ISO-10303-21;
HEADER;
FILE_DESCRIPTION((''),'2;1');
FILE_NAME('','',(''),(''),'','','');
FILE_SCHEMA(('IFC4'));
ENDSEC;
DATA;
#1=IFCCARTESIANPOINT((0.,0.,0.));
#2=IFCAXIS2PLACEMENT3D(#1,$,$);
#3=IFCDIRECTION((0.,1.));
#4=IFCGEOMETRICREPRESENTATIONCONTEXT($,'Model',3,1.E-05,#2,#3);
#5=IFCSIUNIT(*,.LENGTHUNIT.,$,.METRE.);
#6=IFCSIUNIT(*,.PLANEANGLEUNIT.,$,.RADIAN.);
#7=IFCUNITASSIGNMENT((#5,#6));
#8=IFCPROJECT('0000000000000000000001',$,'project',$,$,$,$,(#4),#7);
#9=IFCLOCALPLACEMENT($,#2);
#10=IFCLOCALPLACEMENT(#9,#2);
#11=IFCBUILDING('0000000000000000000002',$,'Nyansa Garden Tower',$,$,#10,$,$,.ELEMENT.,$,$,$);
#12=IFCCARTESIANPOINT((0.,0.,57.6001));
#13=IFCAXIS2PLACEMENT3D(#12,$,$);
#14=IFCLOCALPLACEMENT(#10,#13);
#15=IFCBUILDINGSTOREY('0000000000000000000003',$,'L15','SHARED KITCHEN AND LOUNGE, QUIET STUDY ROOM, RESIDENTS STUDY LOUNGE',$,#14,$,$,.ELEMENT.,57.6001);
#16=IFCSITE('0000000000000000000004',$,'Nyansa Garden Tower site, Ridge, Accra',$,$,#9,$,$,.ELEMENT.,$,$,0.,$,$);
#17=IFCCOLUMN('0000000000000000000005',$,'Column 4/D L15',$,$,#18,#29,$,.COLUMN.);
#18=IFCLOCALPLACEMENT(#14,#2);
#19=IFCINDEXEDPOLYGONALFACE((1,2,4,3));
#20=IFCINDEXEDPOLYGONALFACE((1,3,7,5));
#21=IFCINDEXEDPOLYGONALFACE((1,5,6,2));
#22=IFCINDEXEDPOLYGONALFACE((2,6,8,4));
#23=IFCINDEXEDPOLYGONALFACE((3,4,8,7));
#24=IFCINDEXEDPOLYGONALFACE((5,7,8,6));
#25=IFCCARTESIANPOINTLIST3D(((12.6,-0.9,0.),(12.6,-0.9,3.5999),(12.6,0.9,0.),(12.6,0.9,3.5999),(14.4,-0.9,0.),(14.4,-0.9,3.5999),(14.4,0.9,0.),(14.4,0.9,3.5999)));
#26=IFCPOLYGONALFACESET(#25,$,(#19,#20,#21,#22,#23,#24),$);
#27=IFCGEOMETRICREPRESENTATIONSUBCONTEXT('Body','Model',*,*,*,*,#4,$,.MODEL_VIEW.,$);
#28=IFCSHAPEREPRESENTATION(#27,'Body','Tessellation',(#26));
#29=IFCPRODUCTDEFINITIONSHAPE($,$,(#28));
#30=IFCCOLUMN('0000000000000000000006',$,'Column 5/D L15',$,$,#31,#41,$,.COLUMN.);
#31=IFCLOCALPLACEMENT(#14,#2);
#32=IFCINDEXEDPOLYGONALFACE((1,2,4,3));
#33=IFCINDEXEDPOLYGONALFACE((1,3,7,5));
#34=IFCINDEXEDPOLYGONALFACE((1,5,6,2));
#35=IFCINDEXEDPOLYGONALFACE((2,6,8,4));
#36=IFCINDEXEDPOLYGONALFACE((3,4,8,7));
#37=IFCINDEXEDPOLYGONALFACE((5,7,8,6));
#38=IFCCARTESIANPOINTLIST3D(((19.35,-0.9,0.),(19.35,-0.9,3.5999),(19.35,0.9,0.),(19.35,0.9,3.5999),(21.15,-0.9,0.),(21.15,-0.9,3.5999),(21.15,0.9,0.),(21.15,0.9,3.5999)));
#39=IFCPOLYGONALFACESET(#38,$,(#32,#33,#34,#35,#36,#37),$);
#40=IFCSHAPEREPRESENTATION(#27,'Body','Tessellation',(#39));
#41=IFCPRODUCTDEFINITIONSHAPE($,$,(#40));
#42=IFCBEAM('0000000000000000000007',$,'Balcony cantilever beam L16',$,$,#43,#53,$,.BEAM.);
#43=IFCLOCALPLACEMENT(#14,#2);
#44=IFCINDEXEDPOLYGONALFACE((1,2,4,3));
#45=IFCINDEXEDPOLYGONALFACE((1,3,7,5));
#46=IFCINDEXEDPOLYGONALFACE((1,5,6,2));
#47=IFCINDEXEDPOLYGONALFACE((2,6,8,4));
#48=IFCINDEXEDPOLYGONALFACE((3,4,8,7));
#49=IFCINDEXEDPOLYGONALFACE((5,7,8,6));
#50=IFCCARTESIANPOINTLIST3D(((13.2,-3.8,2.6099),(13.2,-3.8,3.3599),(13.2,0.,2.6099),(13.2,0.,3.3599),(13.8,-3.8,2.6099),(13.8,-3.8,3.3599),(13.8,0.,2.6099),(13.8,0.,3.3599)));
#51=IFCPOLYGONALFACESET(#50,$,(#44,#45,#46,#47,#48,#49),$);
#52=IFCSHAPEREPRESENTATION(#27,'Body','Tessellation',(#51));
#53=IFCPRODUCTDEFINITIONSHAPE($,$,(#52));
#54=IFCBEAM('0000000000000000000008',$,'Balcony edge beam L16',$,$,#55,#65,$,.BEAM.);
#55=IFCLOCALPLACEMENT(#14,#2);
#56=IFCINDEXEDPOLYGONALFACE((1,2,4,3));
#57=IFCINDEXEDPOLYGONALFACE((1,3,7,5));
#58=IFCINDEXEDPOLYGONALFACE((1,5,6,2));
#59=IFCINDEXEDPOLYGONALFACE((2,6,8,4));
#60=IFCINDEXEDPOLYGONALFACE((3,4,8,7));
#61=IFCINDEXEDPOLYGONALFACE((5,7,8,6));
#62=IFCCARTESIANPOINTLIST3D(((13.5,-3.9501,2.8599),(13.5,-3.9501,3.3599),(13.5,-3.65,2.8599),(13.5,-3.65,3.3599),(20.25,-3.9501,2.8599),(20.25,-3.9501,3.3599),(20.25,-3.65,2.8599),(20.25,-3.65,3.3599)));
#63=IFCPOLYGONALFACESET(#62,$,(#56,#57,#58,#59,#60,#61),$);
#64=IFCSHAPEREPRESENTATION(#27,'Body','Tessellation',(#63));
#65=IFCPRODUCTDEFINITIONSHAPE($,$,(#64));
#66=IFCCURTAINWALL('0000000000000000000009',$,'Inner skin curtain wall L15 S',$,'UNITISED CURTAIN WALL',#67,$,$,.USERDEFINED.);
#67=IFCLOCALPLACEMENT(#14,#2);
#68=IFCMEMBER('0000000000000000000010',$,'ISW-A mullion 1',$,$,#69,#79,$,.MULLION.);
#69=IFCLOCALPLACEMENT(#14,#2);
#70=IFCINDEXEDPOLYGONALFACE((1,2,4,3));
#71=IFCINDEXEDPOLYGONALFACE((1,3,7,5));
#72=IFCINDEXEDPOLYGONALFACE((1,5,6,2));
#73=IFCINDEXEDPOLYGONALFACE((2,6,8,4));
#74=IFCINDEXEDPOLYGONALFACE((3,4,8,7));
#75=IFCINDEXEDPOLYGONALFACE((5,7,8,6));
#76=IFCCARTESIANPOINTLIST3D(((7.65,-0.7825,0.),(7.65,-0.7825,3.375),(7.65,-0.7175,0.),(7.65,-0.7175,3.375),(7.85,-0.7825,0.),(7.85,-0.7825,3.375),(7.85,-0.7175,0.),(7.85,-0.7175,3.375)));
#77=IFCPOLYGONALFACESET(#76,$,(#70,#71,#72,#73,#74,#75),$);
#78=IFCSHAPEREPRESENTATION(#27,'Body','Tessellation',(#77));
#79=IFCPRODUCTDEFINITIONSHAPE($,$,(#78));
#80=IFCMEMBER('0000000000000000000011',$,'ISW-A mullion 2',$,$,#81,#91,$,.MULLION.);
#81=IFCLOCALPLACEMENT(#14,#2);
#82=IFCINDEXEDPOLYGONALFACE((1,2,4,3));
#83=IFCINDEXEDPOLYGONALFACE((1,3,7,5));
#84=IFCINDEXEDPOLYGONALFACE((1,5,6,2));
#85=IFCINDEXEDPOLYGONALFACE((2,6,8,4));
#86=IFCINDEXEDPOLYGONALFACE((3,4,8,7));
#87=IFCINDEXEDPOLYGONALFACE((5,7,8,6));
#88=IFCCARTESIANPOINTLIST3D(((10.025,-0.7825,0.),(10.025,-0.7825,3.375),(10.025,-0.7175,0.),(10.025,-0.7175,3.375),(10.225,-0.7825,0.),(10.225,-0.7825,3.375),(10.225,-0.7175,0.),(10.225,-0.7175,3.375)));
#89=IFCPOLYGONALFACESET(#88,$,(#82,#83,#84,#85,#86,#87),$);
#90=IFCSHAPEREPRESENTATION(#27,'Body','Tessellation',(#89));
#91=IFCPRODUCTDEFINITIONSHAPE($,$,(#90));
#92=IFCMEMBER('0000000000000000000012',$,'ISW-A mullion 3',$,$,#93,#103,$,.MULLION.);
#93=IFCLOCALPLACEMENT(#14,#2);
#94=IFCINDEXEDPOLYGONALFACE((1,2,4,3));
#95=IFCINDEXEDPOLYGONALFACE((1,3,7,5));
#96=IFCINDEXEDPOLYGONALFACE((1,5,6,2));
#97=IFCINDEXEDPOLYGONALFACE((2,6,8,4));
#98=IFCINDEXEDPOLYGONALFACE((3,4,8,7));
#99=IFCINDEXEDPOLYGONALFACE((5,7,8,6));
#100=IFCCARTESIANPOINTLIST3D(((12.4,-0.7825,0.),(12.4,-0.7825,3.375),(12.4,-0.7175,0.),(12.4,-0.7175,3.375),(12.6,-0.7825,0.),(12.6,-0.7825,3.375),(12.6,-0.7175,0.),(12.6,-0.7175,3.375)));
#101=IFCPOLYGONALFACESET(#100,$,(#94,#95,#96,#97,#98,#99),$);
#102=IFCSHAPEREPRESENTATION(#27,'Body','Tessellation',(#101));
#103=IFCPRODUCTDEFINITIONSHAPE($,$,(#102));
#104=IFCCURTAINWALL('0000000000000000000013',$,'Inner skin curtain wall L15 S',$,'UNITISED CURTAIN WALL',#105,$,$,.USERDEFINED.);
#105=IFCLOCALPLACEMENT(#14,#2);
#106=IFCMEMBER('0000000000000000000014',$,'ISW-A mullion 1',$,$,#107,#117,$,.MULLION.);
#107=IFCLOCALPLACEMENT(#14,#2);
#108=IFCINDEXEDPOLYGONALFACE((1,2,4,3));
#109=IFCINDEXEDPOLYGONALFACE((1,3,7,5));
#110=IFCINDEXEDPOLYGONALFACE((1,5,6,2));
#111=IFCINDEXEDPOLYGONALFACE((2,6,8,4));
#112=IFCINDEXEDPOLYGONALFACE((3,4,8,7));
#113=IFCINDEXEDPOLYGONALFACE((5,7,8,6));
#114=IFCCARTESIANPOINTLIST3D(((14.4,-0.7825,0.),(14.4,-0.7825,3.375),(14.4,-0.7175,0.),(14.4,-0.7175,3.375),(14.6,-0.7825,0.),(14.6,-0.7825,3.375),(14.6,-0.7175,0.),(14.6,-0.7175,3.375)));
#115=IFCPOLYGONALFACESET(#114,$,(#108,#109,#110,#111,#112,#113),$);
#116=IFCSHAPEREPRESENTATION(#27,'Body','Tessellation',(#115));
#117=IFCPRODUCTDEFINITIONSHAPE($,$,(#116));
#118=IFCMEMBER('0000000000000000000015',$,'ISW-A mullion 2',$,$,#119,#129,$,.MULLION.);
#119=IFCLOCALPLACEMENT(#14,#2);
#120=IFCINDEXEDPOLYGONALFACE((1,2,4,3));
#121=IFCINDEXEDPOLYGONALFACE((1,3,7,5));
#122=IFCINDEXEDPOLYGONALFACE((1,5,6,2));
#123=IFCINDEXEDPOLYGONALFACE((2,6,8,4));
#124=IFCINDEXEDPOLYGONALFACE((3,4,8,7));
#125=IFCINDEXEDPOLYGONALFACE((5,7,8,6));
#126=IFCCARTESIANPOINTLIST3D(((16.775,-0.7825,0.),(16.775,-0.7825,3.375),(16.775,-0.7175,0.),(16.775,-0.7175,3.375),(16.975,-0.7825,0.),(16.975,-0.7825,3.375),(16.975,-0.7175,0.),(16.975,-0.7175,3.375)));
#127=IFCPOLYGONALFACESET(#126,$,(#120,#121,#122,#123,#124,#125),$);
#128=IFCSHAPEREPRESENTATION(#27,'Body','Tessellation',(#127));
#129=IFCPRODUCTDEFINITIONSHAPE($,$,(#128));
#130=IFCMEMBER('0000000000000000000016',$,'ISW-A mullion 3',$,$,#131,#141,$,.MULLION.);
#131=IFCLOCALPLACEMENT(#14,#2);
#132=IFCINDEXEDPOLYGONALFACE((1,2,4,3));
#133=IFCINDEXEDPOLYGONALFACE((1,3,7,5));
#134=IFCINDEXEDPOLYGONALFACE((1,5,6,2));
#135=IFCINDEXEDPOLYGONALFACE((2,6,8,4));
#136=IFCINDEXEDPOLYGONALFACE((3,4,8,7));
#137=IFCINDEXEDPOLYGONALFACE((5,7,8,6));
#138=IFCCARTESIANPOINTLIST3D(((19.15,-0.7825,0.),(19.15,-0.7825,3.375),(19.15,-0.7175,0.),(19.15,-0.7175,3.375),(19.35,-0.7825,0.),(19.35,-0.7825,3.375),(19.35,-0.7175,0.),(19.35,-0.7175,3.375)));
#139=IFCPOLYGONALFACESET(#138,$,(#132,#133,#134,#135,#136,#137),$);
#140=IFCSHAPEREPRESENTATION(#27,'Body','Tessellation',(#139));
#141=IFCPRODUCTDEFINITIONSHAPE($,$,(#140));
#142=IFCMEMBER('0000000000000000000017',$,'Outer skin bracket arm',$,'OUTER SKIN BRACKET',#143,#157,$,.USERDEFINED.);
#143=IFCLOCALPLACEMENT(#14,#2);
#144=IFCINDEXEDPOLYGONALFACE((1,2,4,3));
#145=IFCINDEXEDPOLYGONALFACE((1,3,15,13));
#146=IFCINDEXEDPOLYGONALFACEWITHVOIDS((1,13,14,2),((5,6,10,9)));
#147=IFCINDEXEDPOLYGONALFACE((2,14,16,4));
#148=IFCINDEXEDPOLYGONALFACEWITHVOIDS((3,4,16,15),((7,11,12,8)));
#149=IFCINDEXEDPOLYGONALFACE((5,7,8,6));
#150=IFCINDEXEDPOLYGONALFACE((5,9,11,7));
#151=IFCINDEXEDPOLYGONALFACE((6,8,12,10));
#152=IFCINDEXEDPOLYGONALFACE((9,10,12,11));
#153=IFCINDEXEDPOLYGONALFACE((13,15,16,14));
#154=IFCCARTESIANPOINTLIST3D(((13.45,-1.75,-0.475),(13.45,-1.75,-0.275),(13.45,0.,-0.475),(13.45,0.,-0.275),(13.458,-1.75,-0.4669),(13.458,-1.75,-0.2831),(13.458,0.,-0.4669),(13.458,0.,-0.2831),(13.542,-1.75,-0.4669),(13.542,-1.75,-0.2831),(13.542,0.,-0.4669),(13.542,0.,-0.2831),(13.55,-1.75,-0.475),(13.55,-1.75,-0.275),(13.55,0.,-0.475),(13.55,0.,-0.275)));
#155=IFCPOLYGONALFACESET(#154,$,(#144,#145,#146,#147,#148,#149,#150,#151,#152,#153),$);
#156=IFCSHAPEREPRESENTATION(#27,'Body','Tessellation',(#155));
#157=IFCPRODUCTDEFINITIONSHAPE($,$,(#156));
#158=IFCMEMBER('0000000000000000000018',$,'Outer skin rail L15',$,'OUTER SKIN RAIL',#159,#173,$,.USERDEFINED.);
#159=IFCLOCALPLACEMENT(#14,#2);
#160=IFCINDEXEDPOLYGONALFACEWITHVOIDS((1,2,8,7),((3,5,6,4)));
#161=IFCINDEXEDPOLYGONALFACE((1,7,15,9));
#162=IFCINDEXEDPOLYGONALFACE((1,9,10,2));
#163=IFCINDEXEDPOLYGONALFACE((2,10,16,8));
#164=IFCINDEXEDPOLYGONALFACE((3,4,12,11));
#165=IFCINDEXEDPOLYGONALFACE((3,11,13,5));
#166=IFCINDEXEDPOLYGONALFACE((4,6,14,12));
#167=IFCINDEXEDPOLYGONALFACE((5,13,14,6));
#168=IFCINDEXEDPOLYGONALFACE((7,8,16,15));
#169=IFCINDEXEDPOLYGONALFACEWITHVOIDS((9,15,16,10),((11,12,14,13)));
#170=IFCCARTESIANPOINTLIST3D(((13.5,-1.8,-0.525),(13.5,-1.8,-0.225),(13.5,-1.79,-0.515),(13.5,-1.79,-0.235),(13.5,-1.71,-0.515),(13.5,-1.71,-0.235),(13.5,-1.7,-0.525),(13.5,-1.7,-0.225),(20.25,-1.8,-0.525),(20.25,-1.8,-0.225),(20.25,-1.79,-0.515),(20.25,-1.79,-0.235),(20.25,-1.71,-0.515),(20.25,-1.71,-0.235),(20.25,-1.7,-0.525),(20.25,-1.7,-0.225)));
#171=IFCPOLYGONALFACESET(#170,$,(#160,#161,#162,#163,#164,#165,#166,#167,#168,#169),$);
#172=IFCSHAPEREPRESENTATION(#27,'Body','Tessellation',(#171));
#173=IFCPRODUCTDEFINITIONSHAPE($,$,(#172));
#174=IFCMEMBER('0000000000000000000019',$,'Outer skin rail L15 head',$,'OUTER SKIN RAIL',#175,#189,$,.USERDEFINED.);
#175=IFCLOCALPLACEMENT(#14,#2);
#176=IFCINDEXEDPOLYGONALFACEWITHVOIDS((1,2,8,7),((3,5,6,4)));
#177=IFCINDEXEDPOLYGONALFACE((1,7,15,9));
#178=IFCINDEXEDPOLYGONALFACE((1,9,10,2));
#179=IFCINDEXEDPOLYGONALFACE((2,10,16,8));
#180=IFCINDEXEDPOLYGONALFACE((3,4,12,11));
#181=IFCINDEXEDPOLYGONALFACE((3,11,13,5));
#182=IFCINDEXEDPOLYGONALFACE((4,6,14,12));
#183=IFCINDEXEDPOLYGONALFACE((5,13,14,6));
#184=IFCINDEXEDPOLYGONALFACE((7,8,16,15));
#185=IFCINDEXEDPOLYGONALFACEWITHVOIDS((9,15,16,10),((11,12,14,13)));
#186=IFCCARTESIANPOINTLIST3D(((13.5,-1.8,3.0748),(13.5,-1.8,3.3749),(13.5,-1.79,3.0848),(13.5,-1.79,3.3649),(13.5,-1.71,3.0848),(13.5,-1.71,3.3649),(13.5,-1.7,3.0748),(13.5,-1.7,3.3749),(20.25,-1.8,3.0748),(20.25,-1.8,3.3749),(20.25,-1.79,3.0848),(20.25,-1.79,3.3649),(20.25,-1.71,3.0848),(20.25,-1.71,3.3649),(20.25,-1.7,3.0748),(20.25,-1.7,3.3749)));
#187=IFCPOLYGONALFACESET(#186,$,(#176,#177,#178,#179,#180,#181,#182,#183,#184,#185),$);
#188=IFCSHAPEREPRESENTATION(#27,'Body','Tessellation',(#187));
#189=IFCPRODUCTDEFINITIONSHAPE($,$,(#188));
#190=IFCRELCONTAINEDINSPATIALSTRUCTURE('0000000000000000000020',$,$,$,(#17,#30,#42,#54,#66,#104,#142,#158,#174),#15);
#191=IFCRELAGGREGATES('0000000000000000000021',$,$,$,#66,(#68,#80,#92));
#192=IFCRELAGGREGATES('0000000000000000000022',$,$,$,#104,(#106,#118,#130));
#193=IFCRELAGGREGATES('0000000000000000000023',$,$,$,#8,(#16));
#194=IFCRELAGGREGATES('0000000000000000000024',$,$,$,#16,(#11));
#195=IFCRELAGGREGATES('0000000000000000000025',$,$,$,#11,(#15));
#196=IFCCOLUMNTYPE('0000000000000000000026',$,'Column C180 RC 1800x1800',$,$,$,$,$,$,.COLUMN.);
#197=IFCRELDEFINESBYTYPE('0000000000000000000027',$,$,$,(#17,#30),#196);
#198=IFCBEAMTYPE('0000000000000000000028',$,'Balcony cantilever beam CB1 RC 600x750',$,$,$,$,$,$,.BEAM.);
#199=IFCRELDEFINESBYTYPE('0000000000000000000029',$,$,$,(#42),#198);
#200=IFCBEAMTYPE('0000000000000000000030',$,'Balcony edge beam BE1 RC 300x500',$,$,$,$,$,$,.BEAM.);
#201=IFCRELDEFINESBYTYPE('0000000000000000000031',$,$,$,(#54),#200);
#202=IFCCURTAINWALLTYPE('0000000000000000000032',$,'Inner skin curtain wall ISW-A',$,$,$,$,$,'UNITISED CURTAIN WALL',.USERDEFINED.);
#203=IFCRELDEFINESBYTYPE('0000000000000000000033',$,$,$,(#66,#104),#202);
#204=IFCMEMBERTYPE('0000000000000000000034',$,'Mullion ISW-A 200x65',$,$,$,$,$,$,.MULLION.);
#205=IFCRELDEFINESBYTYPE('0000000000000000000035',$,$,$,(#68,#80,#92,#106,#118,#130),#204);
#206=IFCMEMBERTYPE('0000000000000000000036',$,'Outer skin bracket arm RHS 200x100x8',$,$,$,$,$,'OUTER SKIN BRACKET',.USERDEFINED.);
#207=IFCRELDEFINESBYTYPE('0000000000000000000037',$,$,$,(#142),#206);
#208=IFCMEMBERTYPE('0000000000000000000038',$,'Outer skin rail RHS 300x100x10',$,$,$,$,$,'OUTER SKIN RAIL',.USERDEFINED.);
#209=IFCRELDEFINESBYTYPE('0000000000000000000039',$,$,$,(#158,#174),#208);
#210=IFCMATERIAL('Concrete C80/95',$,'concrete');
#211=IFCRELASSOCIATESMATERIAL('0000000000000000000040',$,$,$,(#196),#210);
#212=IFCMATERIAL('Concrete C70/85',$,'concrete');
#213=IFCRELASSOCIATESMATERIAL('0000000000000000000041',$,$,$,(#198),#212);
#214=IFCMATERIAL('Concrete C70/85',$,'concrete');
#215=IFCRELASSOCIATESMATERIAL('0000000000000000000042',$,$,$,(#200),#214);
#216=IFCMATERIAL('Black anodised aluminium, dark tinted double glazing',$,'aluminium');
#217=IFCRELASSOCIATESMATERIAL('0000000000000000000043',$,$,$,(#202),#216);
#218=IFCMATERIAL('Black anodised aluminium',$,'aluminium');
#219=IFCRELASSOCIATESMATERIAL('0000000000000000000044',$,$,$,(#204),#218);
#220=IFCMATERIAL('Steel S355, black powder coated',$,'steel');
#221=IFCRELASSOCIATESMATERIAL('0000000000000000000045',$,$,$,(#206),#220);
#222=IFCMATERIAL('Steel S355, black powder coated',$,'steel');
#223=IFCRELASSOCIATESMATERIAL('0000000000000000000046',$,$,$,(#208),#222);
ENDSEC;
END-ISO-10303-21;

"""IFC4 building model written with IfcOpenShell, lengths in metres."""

from ifc_helpers import new_model, si_unit, direction, frame, origin, origin_2d, place, context, subcontext, project, spatial, rectangle, hollow_rectangle, extrude, material, material_profile, profile_set, type_object, element, aggregate, save


model = new_model("IFC4")

# Units and contexts
model_context = context("Model", 3, precision=1e-05, world=origin(), true_north=direction((0.0, 1.0)))
body_context = subcontext(model_context, "Body", "Model", "MODEL_VIEW")
ifc_project = project(units=[si_unit("LENGTHUNIT", "METRE"), si_unit("PLANEANGLEUNIT", "RADIAN")], contexts=[model_context])

# Site, building, storey
site_placement = place(None, origin())
site = spatial("IfcSite", under=ifc_project, at=site_placement, Name="Nyansa Garden Tower site, Ridge, Accra", CompositionType="ELEMENT", RefElevation=0.0)
building_placement = place(site_placement, origin())
building = spatial("IfcBuilding", under=site, at=building_placement, Name="Nyansa Garden Tower", CompositionType="ELEMENT")
storey_placement = place(building_placement, frame((0.0, 0.0, 57.6001)))
storey = spatial("IfcBuildingStorey", under=building, at=storey_placement, Name="L15", Description="SHARED KITCHEN AND LOUNGE, QUIET STUDY ROOM, RESIDENTS STUDY LOUNGE", CompositionType="ELEMENT", Elevation=57.6001)

# Columns
ifc_material_1 = material(Name="Concrete C80/95", Category="concrete")
ifc_material_profile_1 = material_profile(ifc_material_1, rectangle(XDim=1.8, YDim=1.8, at=origin_2d()), Name="RC 1800x1800")
ifc_profile_set_1 = profile_set([ifc_material_profile_1], Name="Concrete C80/95")
column_type = type_object("IfcColumnType", Name="Column C180 RC 1800x1800", PredefinedType="COLUMN", material=ifc_profile_set_1)
for number, where, z_axis, x_axis, name in (
    (1, (13.5, 0.0, 0.0), (0.0, 0.0, 1.0), (1.0, 0.0, 0.0), "Column 4/D L15"),
    (2, (20.25, 0.0, 0.0), (0.0, 0.0, 1.0), (1.0, 0.0, 0.0), "Column 5/D L15"),
):
    element("IfcColumn", number, at=place(storey_placement, frame(where, z_axis=z_axis, x_axis=x_axis)), inside=storey, type_object=column_type, Name=name, PredefinedType="COLUMN", context=body_context, shape_type="SweptSolid", body=[
        extrude(rectangle(XDim=1.8, YDim=1.8, at=origin_2d()), origin(), (0.0, 0.0, 1.0), 3.5999),
    ])

# Beams
ifc_material_2 = material(Name="Concrete C70/85", Category="concrete")
ifc_material_profile_2 = material_profile(ifc_material_2, rectangle(XDim=0.6001, YDim=0.75, at=origin_2d()), Name="RC 600x750")
ifc_profile_set_2 = profile_set([ifc_material_profile_2], Name="Concrete C70/85")
beam_type_1 = type_object("IfcBeamType", Name="Balcony cantilever beam CB1 RC 600x750", PredefinedType="BEAM", material=ifc_profile_set_2)
beam_1_placement = place(storey_placement, frame((13.5, 0.0, 2.9849), z_axis=(0.0, -1.0, 0.0), x_axis=(1.0, 0.0, 0.0)))
element("IfcBeam", 3, at=beam_1_placement, inside=storey, type_object=beam_type_1, Name="Balcony cantilever beam L16", PredefinedType="BEAM", context=body_context, shape_type="SweptSolid", body=[
    extrude(rectangle(XDim=0.6001, YDim=0.75, at=origin_2d()), origin(), (0.0, 0.0, 1.0), 3.8),
])
ifc_material_3 = material(Name="Concrete C70/85", Category="concrete")
ifc_material_profile_3 = material_profile(ifc_material_3, rectangle(XDim=0.3, YDim=0.5, at=origin_2d()), Name="RC 300x500")
ifc_profile_set_3 = profile_set([ifc_material_profile_3], Name="Concrete C70/85")
beam_type_2 = type_object("IfcBeamType", Name="Balcony edge beam BE1 RC 300x500", PredefinedType="BEAM", material=ifc_profile_set_3)
beam_2_placement = place(storey_placement, frame((13.5, -3.8, 3.1099), z_axis=(1.0, 0.0, 0.0), x_axis=(0.0, 1.0, 0.0)))
element("IfcBeam", 4, at=beam_2_placement, inside=storey, type_object=beam_type_2, Name="Balcony edge beam L16", PredefinedType="BEAM", context=body_context, shape_type="SweptSolid", body=[
    extrude(rectangle(XDim=0.3, YDim=0.5, at=origin_2d()), origin(), (0.0, 0.0, 1.0), 6.75),
])

# Curtain walls, members
ifc_material_4 = material(Name="Black anodised aluminium, dark tinted double glazing", Category="aluminium")
curtain_wall_type = type_object("IfcCurtainWallType", Name="Inner skin curtain wall ISW-A", ElementType="UNITISED CURTAIN WALL", PredefinedType="USERDEFINED", material=ifc_material_4)
curtain_wall_1_placement = place(storey_placement, origin())
curtain_wall_1 = element("IfcCurtainWall", 5, at=curtain_wall_1_placement, inside=storey, type_object=curtain_wall_type, Name="Inner skin curtain wall L15 S", ObjectType="UNITISED CURTAIN WALL", PredefinedType="USERDEFINED")
ifc_material_5 = material(Name="Black anodised aluminium", Category="aluminium")
ifc_material_profile_4 = material_profile(ifc_material_5, rectangle(XDim=0.0649, YDim=0.2, at=origin_2d()), Name="Mullion 200x65")
ifc_profile_set_4 = profile_set([ifc_material_profile_4], Name="Black anodised aluminium")
member_type_1 = type_object("IfcMemberType", Name="Mullion ISW-A 200x65", PredefinedType="MULLION", material=ifc_profile_set_4)
member_1_placement = place(storey_placement, frame((7.75, -0.75, 0.0), z_axis=(0.0, 0.0, 1.0), x_axis=(0.0, 1.0, 0.0)))
member_1 = element("IfcMember", 6, at=member_1_placement, type_object=member_type_1, Name="ISW-A mullion 1", PredefinedType="MULLION", context=body_context, shape_type="SweptSolid", body=[
    extrude(rectangle(XDim=0.0649, YDim=0.2, at=origin_2d()), origin(), (0.0, 0.0, 1.0), 3.375),
])
member_2_placement = place(storey_placement, frame((10.125, -0.75, 0.0), z_axis=(0.0, 0.0, 1.0), x_axis=(0.0, 1.0, 0.0)))
member_2 = element("IfcMember", 7, at=member_2_placement, type_object=member_type_1, Name="ISW-A mullion 2", PredefinedType="MULLION", context=body_context, shape_type="SweptSolid", body=[
    extrude(rectangle(XDim=0.0649, YDim=0.2, at=origin_2d()), origin(), (0.0, 0.0, 1.0), 3.375),
])
member_3_placement = place(storey_placement, frame((12.5, -0.75, 0.0), z_axis=(0.0, 0.0, 1.0), x_axis=(0.0, 1.0, 0.0)))
member_3 = element("IfcMember", 8, at=member_3_placement, type_object=member_type_1, Name="ISW-A mullion 3", PredefinedType="MULLION", context=body_context, shape_type="SweptSolid", body=[
    extrude(rectangle(XDim=0.0649, YDim=0.2, at=origin_2d()), origin(), (0.0, 0.0, 1.0), 3.375),
])
curtain_wall_2_placement = place(storey_placement, origin())
curtain_wall_2 = element("IfcCurtainWall", 9, at=curtain_wall_2_placement, inside=storey, type_object=curtain_wall_type, Name="Inner skin curtain wall L15 S", ObjectType="UNITISED CURTAIN WALL", PredefinedType="USERDEFINED")
member_4_placement = place(storey_placement, frame((14.5, -0.75, 0.0), z_axis=(0.0, 0.0, 1.0), x_axis=(0.0, 1.0, 0.0)))
member_4 = element("IfcMember", 10, at=member_4_placement, type_object=member_type_1, Name="ISW-A mullion 1", PredefinedType="MULLION", context=body_context, shape_type="SweptSolid", body=[
    extrude(rectangle(XDim=0.0649, YDim=0.2, at=origin_2d()), origin(), (0.0, 0.0, 1.0), 3.375),
])
member_5_placement = place(storey_placement, frame((16.875, -0.75, 0.0), z_axis=(0.0, 0.0, 1.0), x_axis=(0.0, 1.0, 0.0)))
member_5 = element("IfcMember", 11, at=member_5_placement, type_object=member_type_1, Name="ISW-A mullion 2", PredefinedType="MULLION", context=body_context, shape_type="SweptSolid", body=[
    extrude(rectangle(XDim=0.0649, YDim=0.2, at=origin_2d()), origin(), (0.0, 0.0, 1.0), 3.375),
])
member_6_placement = place(storey_placement, frame((19.25, -0.75, 0.0), z_axis=(0.0, 0.0, 1.0), x_axis=(0.0, 1.0, 0.0)))
member_6 = element("IfcMember", 12, at=member_6_placement, type_object=member_type_1, Name="ISW-A mullion 3", PredefinedType="MULLION", context=body_context, shape_type="SweptSolid", body=[
    extrude(rectangle(XDim=0.0649, YDim=0.2, at=origin_2d()), origin(), (0.0, 0.0, 1.0), 3.375),
])

# Members
ifc_material_6 = material(Name="Steel S355, black powder coated", Category="steel")
ifc_material_profile_5 = material_profile(ifc_material_6, hollow_rectangle(XDim=0.1001, YDim=0.2, WallThickness=0.0081, at=origin_2d()), Name="RHS 200x100x8")
ifc_profile_set_5 = profile_set([ifc_material_profile_5], Name="Steel S355, black powder coated")
member_type_2 = type_object("IfcMemberType", Name="Outer skin bracket arm RHS 200x100x8", ElementType="OUTER SKIN BRACKET", PredefinedType="USERDEFINED", material=ifc_profile_set_5)
member_7_placement = place(storey_placement, frame((13.5, 0.0, -0.375), z_axis=(0.0, -1.0, 0.0), x_axis=(1.0, 0.0, 0.0)))
element("IfcMember", 13, at=member_7_placement, inside=storey, type_object=member_type_2, Name="Outer skin bracket arm", ObjectType="OUTER SKIN BRACKET", PredefinedType="USERDEFINED", context=body_context, shape_type="SweptSolid", body=[
    extrude(hollow_rectangle(XDim=0.1001, YDim=0.2, WallThickness=0.0081, at=origin_2d()), origin(), (0.0, 0.0, 1.0), 1.75),
])
ifc_material_7 = material(Name="Steel S355, black powder coated", Category="steel")
ifc_material_profile_6 = material_profile(ifc_material_7, hollow_rectangle(XDim=0.1001, YDim=0.3, WallThickness=0.01, at=origin_2d()), Name="RHS 300x100x10")
ifc_profile_set_6 = profile_set([ifc_material_profile_6], Name="Steel S355, black powder coated")
member_type_3 = type_object("IfcMemberType", Name="Outer skin rail RHS 300x100x10", ElementType="OUTER SKIN RAIL", PredefinedType="USERDEFINED", material=ifc_profile_set_6)
for number, where, z_axis, x_axis, name in (
    (14, (13.5, -1.75, -0.375), (1.0, 0.0, 0.0), (0.0, 1.0, 0.0), "Outer skin rail L15"),
    (15, (13.5, -1.75, 3.2249), (1.0, 0.0, 0.0), (0.0, 1.0, 0.0), "Outer skin rail L15 head"),
):
    element("IfcMember", number, at=place(storey_placement, frame(where, z_axis=z_axis, x_axis=x_axis)), inside=storey, type_object=member_type_3, Name=name, ObjectType="OUTER SKIN RAIL", PredefinedType="USERDEFINED", context=body_context, shape_type="SweptSolid", body=[
        extrude(hollow_rectangle(XDim=0.1001, YDim=0.3, WallThickness=0.01, at=origin_2d()), origin(), (0.0, 0.0, 1.0), 6.75),
    ])

aggregate(curtain_wall_1, [member_1, member_2, member_3])
aggregate(curtain_wall_2, [member_4, member_5, member_6])

save(model, "model.ifc")
